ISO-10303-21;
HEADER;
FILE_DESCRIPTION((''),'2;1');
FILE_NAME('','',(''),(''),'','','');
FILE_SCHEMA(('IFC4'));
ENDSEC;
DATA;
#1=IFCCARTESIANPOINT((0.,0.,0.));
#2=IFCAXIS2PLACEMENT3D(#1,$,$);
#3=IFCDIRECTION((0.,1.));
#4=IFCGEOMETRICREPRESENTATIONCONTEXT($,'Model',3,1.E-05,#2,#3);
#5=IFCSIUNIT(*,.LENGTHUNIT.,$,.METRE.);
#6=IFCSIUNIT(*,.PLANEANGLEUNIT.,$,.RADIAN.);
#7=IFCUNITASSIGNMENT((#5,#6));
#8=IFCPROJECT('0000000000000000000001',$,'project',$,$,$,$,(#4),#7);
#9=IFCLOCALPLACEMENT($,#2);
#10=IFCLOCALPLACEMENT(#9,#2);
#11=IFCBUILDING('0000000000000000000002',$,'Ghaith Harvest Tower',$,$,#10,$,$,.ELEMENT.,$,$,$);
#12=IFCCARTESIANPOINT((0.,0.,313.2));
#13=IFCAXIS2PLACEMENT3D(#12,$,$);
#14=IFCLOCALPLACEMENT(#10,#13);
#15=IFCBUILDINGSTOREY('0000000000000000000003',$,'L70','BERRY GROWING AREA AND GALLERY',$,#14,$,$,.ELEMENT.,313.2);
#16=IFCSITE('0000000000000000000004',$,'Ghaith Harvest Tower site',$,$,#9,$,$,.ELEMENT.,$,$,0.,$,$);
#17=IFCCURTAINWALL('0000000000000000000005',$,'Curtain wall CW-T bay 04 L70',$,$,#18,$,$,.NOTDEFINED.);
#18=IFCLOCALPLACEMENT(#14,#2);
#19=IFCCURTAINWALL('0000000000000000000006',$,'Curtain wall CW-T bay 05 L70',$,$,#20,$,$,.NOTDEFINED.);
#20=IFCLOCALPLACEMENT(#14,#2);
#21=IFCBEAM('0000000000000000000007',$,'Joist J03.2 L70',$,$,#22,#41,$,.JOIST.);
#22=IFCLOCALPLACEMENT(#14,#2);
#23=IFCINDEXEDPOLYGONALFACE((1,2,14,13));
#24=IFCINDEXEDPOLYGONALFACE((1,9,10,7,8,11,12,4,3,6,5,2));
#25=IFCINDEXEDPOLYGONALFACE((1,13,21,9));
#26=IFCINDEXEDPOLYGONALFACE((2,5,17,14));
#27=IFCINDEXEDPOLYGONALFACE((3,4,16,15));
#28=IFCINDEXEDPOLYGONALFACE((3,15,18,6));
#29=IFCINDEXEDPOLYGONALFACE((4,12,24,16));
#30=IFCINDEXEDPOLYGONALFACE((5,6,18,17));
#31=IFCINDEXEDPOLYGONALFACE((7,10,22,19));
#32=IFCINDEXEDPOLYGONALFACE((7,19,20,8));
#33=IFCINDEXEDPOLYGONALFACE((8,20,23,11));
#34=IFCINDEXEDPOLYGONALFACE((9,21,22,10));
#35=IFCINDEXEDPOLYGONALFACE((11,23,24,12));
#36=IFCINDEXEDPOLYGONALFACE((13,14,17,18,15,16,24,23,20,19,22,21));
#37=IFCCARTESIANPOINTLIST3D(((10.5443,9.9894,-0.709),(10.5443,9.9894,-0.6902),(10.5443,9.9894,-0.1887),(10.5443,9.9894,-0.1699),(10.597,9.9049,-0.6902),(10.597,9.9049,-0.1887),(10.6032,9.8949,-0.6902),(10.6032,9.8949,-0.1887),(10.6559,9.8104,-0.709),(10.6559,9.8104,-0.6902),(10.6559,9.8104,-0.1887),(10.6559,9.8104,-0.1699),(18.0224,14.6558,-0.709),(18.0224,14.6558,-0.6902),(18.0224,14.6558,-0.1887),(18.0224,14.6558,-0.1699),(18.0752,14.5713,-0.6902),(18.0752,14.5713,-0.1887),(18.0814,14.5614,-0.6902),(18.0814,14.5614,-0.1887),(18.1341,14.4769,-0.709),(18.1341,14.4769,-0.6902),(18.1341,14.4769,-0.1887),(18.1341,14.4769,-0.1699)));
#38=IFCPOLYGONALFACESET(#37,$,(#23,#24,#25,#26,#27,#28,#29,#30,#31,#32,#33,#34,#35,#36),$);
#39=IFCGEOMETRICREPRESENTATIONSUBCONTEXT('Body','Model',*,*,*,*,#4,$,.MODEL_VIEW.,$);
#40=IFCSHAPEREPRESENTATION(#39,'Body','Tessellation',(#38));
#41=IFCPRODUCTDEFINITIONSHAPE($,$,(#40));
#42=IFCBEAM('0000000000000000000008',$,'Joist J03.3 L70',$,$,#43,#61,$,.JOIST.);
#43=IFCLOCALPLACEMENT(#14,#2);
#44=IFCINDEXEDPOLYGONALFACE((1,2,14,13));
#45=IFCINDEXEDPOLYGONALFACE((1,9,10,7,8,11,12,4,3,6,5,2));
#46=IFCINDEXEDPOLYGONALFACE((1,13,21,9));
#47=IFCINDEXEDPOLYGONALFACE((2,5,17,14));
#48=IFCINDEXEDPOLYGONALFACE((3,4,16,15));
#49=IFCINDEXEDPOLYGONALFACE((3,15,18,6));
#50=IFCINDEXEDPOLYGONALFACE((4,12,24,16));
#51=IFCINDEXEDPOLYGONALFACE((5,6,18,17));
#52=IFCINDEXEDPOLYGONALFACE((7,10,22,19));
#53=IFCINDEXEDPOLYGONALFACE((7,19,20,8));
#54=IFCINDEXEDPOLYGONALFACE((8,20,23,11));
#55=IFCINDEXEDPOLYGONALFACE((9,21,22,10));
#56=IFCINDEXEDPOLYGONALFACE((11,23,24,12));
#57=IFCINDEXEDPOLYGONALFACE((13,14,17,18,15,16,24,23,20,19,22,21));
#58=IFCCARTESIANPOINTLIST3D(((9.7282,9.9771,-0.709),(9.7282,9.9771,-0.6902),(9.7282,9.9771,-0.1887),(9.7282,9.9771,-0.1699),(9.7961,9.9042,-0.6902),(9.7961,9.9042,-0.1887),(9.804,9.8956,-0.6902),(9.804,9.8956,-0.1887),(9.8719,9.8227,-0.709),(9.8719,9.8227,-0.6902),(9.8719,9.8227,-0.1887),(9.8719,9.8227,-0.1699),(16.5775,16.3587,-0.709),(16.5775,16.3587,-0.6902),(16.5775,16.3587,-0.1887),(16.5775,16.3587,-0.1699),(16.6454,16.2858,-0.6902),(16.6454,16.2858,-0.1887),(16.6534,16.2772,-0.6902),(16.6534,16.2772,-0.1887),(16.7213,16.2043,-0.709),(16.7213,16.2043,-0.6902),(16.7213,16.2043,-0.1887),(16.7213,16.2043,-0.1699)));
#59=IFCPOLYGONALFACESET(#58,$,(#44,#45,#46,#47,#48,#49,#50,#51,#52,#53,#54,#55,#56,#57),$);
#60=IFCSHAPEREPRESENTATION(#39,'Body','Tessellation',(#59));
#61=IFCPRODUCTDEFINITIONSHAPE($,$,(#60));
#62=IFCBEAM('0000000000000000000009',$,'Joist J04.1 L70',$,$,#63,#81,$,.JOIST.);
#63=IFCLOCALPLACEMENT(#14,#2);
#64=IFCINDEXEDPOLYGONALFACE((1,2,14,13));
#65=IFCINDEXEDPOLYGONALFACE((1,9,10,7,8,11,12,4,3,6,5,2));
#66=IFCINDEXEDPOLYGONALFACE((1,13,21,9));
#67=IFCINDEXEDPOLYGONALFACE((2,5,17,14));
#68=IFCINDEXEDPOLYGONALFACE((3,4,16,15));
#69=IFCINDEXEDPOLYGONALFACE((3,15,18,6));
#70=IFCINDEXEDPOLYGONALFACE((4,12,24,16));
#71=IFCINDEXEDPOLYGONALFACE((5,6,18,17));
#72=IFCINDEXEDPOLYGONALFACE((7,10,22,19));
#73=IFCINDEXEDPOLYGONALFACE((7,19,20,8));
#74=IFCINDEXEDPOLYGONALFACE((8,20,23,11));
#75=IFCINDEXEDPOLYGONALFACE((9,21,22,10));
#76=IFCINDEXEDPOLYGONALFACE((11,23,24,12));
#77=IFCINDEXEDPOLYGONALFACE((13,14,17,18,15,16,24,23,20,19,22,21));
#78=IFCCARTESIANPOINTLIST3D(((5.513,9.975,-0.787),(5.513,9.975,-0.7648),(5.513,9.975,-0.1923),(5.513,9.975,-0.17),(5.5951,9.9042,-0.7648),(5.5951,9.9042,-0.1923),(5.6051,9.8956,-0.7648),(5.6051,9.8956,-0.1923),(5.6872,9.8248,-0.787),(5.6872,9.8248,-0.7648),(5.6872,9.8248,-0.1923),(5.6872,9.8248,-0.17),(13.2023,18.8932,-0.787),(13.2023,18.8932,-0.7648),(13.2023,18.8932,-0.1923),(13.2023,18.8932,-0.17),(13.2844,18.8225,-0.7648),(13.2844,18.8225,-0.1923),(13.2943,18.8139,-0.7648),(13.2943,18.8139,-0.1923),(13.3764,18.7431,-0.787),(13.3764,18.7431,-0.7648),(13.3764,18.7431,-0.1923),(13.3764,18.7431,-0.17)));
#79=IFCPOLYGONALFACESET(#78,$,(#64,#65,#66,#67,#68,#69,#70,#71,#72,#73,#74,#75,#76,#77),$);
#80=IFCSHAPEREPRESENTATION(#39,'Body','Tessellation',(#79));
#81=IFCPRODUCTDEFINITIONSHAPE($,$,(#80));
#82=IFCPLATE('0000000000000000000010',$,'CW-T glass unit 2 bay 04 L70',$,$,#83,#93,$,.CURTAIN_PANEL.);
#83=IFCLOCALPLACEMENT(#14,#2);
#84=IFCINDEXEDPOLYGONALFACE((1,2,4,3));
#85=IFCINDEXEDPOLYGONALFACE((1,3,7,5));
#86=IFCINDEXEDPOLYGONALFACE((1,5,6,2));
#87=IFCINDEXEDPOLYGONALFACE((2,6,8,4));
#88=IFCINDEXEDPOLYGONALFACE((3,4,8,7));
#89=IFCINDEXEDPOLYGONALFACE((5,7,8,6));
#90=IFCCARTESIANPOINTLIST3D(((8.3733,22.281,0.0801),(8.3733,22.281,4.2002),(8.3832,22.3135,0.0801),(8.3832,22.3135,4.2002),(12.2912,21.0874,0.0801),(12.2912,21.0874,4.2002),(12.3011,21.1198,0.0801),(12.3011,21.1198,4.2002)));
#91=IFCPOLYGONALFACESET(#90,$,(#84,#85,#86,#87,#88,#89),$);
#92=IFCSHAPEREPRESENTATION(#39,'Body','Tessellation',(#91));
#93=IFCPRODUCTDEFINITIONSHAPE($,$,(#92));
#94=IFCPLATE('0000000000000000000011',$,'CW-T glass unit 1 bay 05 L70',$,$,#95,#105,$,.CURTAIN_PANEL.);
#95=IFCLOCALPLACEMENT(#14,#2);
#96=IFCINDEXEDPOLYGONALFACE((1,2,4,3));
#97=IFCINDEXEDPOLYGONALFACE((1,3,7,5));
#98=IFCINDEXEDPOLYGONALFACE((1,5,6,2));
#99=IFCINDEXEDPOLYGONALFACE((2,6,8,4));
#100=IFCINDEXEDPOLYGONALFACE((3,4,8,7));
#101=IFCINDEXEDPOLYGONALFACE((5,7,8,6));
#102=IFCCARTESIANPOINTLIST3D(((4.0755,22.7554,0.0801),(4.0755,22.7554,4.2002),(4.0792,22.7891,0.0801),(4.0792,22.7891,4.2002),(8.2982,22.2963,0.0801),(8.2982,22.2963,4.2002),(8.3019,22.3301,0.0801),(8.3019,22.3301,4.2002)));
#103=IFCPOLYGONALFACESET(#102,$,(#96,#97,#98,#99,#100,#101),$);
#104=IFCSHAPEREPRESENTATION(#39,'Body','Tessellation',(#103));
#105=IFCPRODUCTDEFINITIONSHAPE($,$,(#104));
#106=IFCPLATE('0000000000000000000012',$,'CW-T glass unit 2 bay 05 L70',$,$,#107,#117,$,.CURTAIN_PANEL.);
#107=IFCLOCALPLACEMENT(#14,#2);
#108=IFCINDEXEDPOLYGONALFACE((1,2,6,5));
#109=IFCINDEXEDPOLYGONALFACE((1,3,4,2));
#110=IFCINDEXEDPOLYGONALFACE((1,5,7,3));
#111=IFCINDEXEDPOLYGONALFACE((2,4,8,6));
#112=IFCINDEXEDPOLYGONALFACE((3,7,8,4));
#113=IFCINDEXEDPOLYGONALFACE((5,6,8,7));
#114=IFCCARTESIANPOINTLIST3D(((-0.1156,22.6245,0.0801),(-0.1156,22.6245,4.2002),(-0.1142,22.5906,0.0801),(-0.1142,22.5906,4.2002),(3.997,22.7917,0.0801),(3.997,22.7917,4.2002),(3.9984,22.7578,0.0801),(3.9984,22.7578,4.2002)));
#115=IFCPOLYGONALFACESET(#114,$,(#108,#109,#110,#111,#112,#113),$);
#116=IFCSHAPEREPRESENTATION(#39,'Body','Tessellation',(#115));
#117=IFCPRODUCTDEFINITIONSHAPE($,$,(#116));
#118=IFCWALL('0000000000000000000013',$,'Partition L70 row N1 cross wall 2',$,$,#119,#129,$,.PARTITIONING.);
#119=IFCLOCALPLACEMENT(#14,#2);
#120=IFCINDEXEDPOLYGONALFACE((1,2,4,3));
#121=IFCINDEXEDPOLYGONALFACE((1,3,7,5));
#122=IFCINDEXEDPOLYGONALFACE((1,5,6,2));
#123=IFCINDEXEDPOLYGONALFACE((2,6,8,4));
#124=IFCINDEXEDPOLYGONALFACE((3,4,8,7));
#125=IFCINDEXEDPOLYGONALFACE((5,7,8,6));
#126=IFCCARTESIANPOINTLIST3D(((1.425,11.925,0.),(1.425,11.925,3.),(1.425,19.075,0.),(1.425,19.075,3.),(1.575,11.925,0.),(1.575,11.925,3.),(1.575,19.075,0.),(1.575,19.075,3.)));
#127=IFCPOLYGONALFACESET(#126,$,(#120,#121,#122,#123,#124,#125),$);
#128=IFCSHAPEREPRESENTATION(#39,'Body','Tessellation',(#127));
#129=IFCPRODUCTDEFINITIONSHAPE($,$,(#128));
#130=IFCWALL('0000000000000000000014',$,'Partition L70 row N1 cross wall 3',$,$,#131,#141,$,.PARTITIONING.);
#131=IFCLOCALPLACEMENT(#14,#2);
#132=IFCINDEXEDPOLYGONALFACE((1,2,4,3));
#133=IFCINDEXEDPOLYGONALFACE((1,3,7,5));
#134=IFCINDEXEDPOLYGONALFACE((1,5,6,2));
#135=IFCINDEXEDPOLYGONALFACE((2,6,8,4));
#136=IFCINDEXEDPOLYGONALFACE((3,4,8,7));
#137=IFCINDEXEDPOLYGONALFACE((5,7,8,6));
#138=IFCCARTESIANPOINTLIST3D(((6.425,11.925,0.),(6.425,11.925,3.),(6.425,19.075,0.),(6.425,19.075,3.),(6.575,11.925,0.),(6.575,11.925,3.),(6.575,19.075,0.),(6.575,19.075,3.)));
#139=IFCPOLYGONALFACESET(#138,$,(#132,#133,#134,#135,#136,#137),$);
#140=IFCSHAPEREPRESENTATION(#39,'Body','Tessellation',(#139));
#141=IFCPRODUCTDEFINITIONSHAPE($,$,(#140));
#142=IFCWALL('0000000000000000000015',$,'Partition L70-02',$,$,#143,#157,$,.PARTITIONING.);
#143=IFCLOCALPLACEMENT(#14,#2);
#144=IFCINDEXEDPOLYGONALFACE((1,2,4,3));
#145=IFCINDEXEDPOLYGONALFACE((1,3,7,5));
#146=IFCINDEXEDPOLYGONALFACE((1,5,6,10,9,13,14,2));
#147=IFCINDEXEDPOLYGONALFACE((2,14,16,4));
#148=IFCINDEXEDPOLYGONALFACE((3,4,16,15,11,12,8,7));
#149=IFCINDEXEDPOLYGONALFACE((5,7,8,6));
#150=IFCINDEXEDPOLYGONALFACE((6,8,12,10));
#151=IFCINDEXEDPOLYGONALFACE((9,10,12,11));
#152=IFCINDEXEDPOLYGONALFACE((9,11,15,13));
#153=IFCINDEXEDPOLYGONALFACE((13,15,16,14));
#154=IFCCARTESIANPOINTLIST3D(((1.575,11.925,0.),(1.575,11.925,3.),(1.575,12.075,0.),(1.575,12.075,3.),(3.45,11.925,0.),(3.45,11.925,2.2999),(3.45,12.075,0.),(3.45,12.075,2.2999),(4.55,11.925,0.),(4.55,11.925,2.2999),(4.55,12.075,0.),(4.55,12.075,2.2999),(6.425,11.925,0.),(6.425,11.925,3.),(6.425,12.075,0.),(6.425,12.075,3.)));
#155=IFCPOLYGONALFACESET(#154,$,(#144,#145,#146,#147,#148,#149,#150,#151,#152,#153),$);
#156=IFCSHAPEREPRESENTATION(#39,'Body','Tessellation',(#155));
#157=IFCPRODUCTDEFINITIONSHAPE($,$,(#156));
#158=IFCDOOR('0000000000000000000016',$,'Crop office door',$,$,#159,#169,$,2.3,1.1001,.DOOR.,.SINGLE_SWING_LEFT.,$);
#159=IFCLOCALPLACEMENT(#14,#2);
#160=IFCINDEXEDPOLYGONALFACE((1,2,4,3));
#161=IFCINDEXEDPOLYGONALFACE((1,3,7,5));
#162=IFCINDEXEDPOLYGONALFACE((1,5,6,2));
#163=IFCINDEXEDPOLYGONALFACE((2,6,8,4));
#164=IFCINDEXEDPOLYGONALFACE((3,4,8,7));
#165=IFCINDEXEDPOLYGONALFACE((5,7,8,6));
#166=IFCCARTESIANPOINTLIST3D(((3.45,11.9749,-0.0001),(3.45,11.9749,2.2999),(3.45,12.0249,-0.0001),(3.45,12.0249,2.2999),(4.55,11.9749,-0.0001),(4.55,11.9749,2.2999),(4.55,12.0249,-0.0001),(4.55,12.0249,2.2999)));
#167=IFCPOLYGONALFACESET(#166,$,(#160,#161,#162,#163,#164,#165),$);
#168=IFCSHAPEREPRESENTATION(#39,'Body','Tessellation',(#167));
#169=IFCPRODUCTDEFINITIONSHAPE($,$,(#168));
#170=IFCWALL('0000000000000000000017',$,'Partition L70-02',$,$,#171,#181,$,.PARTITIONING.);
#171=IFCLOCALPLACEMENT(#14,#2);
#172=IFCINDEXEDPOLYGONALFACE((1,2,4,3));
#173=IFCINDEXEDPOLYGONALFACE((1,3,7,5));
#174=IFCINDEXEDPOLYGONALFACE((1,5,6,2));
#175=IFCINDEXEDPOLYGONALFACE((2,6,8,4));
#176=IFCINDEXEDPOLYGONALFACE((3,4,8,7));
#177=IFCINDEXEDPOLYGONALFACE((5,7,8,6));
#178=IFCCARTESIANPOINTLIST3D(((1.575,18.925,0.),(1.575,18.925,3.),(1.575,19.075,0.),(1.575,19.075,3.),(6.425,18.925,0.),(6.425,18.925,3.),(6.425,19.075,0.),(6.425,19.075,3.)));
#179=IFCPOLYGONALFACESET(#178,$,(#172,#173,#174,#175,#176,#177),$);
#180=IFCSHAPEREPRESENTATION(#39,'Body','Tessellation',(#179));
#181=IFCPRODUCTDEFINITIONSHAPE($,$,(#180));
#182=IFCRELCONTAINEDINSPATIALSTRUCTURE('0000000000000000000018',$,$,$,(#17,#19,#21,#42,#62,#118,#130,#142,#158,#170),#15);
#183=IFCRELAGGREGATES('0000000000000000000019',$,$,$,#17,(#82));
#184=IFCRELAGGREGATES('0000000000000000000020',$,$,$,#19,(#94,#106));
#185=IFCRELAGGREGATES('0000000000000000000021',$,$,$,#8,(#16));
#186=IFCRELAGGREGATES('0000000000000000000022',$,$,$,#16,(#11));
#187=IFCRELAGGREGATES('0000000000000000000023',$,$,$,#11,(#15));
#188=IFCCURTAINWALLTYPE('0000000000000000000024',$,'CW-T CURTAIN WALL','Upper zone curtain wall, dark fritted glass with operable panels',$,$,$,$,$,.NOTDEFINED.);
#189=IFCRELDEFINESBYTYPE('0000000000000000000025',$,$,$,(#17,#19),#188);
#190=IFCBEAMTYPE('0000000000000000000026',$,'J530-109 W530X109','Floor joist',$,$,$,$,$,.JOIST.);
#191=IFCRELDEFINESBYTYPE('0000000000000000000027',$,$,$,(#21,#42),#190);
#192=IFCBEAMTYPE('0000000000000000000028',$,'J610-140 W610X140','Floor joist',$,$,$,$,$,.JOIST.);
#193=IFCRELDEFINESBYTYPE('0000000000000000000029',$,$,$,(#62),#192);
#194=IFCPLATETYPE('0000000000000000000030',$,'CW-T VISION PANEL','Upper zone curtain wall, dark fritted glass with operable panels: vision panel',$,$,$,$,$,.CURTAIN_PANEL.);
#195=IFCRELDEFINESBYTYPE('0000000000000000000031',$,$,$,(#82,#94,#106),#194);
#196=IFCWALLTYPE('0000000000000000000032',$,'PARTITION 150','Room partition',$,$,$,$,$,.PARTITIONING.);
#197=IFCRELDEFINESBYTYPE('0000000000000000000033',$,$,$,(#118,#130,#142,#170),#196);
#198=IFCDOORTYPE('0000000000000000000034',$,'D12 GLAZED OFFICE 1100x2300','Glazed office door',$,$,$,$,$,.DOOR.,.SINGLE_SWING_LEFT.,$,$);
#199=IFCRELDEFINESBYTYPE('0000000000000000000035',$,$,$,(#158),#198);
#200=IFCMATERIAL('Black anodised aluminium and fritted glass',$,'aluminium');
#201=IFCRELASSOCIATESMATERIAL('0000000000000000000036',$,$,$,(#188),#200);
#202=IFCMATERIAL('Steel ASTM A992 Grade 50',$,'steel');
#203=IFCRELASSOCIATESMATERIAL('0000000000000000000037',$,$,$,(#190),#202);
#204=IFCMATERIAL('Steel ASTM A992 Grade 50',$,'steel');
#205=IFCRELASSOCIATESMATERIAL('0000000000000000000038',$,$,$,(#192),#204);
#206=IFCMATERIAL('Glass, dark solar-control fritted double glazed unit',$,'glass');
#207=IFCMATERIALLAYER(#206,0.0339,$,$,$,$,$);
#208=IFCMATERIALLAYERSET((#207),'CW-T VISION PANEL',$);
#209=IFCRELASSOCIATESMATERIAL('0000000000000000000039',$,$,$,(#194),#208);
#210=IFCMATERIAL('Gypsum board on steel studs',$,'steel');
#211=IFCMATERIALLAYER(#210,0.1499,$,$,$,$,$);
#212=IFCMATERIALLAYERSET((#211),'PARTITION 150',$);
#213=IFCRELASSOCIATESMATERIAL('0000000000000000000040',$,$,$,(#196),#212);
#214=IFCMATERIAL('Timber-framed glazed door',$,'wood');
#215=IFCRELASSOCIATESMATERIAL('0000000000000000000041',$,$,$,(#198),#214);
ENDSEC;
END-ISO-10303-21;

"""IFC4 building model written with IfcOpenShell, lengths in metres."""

from ifc_helpers import new_model, si_unit, direction, frame, frame_2d, origin, origin_2d, place, context, subcontext, project, spatial, rectangle, i_section, extrude, material, layer, layer_set, material_profile, profile_set, type_object, element, fill, aggregate, save


model = new_model("IFC4")

# Units and contexts
model_context = context("Model", 3, precision=1e-05, world=origin(), true_north=direction((0.0, 1.0)))
body_context = subcontext(model_context, "Body", "Model", "MODEL_VIEW")
ifc_project = project(units=[si_unit("LENGTHUNIT", "METRE"), si_unit("PLANEANGLEUNIT", "RADIAN")], contexts=[model_context])

# Site, building, storey
site_placement = place(None, origin())
site = spatial("IfcSite", under=ifc_project, at=site_placement, Name="Ghaith Harvest Tower site", CompositionType="ELEMENT", RefElevation=0.0)
building_placement = place(site_placement, origin())
building = spatial("IfcBuilding", under=site, at=building_placement, Name="Ghaith Harvest Tower", CompositionType="ELEMENT")
storey_placement = place(building_placement, frame((0.0, 0.0, 313.2)))
storey = spatial("IfcBuildingStorey", under=building, at=storey_placement, Name="L70", Description="BERRY GROWING AREA AND GALLERY", CompositionType="ELEMENT", Elevation=313.2)

# Curtain wall
ifc_material_1 = material(Name="Black anodised aluminium and fritted glass", Category="aluminium")
curtain_wall_type = type_object("IfcCurtainWallType", Name="CW-T CURTAIN WALL", Description="Upper zone curtain wall, dark fritted glass with operable panels", PredefinedType="NOTDEFINED", material=ifc_material_1)
curtain_wall_1_placement = place(storey_placement, origin())
curtain_wall_1 = element("IfcCurtainWall", 1, at=curtain_wall_1_placement, inside=storey, type_object=curtain_wall_type, Name="Curtain wall CW-T bay 04 L70", PredefinedType="NOTDEFINED")

# Curtain wall
curtain_wall_2_placement = place(storey_placement, origin())
curtain_wall_2 = element("IfcCurtainWall", 2, at=curtain_wall_2_placement, inside=storey, type_object=curtain_wall_type, Name="Curtain wall CW-T bay 05 L70", PredefinedType="NOTDEFINED")

# Beams
ifc_material_2 = material(Name="Steel ASTM A992 Grade 50", Category="steel")
ifc_material_profile_1 = material_profile(ifc_material_2, i_section(OverallWidth=0.2109, OverallDepth=0.5391, WebThickness=0.0117, FlangeThickness=0.0188, at=origin_2d()), Name="W530X109")
ifc_profile_set_1 = profile_set([ifc_material_profile_1], Name="Steel ASTM A992 Grade 50")
beam_type_1 = type_object("IfcBeamType", Name="J530-109 W530X109", Description="Floor joist", PredefinedType="JOIST", material=ifc_profile_set_1)
beam_1_placement = place(storey_placement, frame((10.6001, 9.8999, -0.4395), z_axis=(0.848376, 0.529394, 0.0), x_axis=(-0.529394, 0.848376, 0.0)))
element("IfcBeam", 3, at=beam_1_placement, inside=storey, type_object=beam_type_1, Name="Joist J03.2 L70", PredefinedType="JOIST", context=body_context, shape_type="SweptSolid", body=[
    extrude(i_section(OverallWidth=0.2109, OverallDepth=0.5391, WebThickness=0.0117, FlangeThickness=0.0188, at=origin_2d()), origin(), (0.0, 0.0, 1.0), 8.8147),
])
beam_2_placement = place(storey_placement, frame((9.8, 9.8999, -0.4395), z_axis=(0.731649, 0.681682, 0.0), x_axis=(-0.681682, 0.731649, 0.0)))
element("IfcBeam", 4, at=beam_2_placement, inside=storey, type_object=beam_type_1, Name="Joist J03.3 L70", PredefinedType="JOIST", context=body_context, shape_type="SweptSolid", body=[
    extrude(i_section(OverallWidth=0.2109, OverallDepth=0.5391, WebThickness=0.0117, FlangeThickness=0.0188, at=origin_2d()), origin(), (0.0, 0.0, 1.0), 9.3616),
])
ifc_material_3 = material(Name="Steel ASTM A992 Grade 50", Category="steel")
ifc_material_profile_2 = material_profile(ifc_material_3, i_section(OverallWidth=0.23, OverallDepth=0.6169, WebThickness=0.0132, FlangeThickness=0.0222, at=origin_2d()), Name="W610X140")
ifc_profile_set_2 = profile_set([ifc_material_profile_2], Name="Steel ASTM A992 Grade 50")
beam_type_2 = type_object("IfcBeamType", Name="J610-140 W610X140", Description="Floor joist", PredefinedType="JOIST", material=ifc_profile_set_2)
beam_3_placement = place(storey_placement, frame((5.6001, 9.8999, -0.4785), z_axis=(0.652993, 0.757364, 0.0), x_axis=(-0.757364, 0.652993, 0.0)))
element("IfcBeam", 5, at=beam_3_placement, inside=storey, type_object=beam_type_2, Name="Joist J04.1 L70", PredefinedType="JOIST", context=body_context, shape_type="SweptSolid", body=[
    extrude(i_section(OverallWidth=0.23, OverallDepth=0.6169, WebThickness=0.0132, FlangeThickness=0.0222, at=origin_2d()), origin(), (0.0, 0.0, 1.0), 11.7754),
])

# Plates
ifc_material_4 = material(Name="Glass, dark solar-control fritted double glazed unit", Category="glass")
ifc_layer_1 = layer(ifc_material_4, 0.0339)
ifc_layer_set_1 = layer_set([ifc_layer_1], Name="CW-T VISION PANEL")
plate_type = type_object("IfcPlateType", Name="CW-T VISION PANEL", Description="Upper zone curtain wall, dark fritted glass with operable panels: vision panel", PredefinedType="CURTAIN_PANEL", material=ifc_layer_set_1)
plate_1_placement = place(storey_placement, frame((10.3372, 21.7004, 0.0801), z_axis=(0.0, 0.0, 1.0), x_axis=(-0.956588, 0.291445, 0.0)))
plate_1 = element("IfcPlate", 6, at=plate_1_placement, type_object=plate_type, Name="CW-T glass unit 2 bay 04 L70", PredefinedType="CURTAIN_PANEL", context=body_context, shape_type="SweptSolid", body=[
    extrude(rectangle(XDim=4.0957, YDim=0.0339, at=origin_2d()), origin(), (0.0, 0.0, 1.0), 4.1201),
])
aggregate(curtain_wall_1, [plate_1])
plate_2_placement = place(storey_placement, frame((6.1887, 22.5427, 0.0801), z_axis=(0.0, 0.0, 1.0), x_axis=(-0.994143, 0.108074, 0.0)))
plate_2 = element("IfcPlate", 7, at=plate_2_placement, type_object=plate_type, Name="CW-T glass unit 1 bay 05 L70", PredefinedType="CURTAIN_PANEL", context=body_context, shape_type="SweptSolid", body=[
    extrude(rectangle(XDim=4.2476, YDim=0.0339, at=origin_2d()), origin(), (0.0, 0.0, 1.0), 4.1201),
])
plate_3_placement = place(storey_placement, frame((1.9414, 22.6912, 0.0801), z_axis=(0.0, 0.0, 1.0), x_axis=(-0.999174, -0.040638, 0.0)))
plate_3 = element("IfcPlate", 8, at=plate_3_placement, type_object=plate_type, Name="CW-T glass unit 2 bay 05 L70", PredefinedType="CURTAIN_PANEL", context=body_context, shape_type="SweptSolid", body=[
    extrude(rectangle(XDim=4.116, YDim=0.0339, at=origin_2d()), origin(), (0.0, 0.0, 1.0), 4.1201),
])
aggregate(curtain_wall_2, [plate_2, plate_3])

# Walls
ifc_material_5 = material(Name="Gypsum board on steel studs", Category="steel")
ifc_layer_2 = layer(ifc_material_5, 0.1499)
ifc_layer_set_2 = layer_set([ifc_layer_2], Name="PARTITION 150")
wall_type = type_object("IfcWallType", Name="PARTITION 150", Description="Room partition", PredefinedType="PARTITIONING", material=ifc_layer_set_2)
for number, where, z_axis, x_axis, name in (
    (9, (1.5, 11.925, 0.0), (0.0, 0.0, 1.0), (0.0, 1.0, 0.0), "Partition L70 row N1 cross wall 2"),
    (10, (6.5, 11.925, 0.0), (0.0, 0.0, 1.0), (0.0, 1.0, 0.0), "Partition L70 row N1 cross wall 3"),
):
    element("IfcWall", number, at=place(storey_placement, frame(where, z_axis=z_axis, x_axis=x_axis)), inside=storey, type_object=wall_type, Name=name, PredefinedType="PARTITIONING", context=body_context, shape_type="SweptSolid", body=[
        extrude(rectangle(XDim=7.1499, YDim=0.1499, at=frame_2d((3.575, 0.0))), origin(), (0.0, 0.0, 1.0), 3.0),
    ])

# Wall, opening, door
wall_1_placement = place(storey_placement, frame((1.575, 12.0, 0.0), z_axis=(0.0, 0.0, 1.0), x_axis=(1.0, 0.0, 0.0)))
wall_1 = element("IfcWall", 11, at=wall_1_placement, inside=storey, type_object=wall_type, Name="Partition L70-02", PredefinedType="PARTITIONING", context=body_context, shape_type="SweptSolid", body=[
    extrude(rectangle(XDim=4.8501, YDim=0.1499, at=frame_2d((2.425, 0.0))), origin(), (0.0, 0.0, 1.0), 3.0),
])
opening_1_placement = place(wall_1_placement, frame((1.875, 0.0, 0.0)))
opening_1 = element("IfcOpeningElement", 12, at=opening_1_placement, cuts=wall_1, PredefinedType="OPENING", context=body_context, shape_type="SweptSolid", body=[
    extrude(rectangle(XDim=1.1001, YDim=2.3, at=frame_2d((0.55, 1.1499))), frame((0.0, 0.085, 0.0), z_axis=(0.0, -1.0, 0.0), x_axis=(1.0, 0.0, 0.0)), (0.0, 0.0, 1.0), 0.1699),
])
ifc_material_6 = material(Name="Timber-framed glazed door", Category="wood")
door_type_1 = type_object("IfcDoorType", Name="D12 GLAZED OFFICE 1100x2300", Description="Glazed office door", OperationType="SINGLE_SWING_LEFT", PredefinedType="DOOR", material=ifc_material_6)
door_1_placement = place(opening_1_placement, origin())
door_1 = element("IfcDoor", 13, at=door_1_placement, inside=storey, type_object=door_type_1, Name="Crop office door", OperationType="SINGLE_SWING_LEFT", OverallHeight=2.3, OverallWidth=1.1001, PredefinedType="DOOR", context=body_context, shape_type="SweptSolid", body=[
    extrude(rectangle(XDim=1.1001, YDim=2.3, at=frame_2d((0.55, 1.1499))), frame((0.0, 0.0249, 0.0), z_axis=(0.0, -1.0, 0.0), x_axis=(1.0, 0.0, 0.0)), (0.0, 0.0, 1.0), 0.05),
])
fill(opening_1, door_1)

# Wall
wall_2_placement = place(storey_placement, frame((1.575, 19.0, 0.0), z_axis=(0.0, 0.0, 1.0), x_axis=(1.0, 0.0, 0.0)))
element("IfcWall", 14, at=wall_2_placement, inside=storey, type_object=wall_type, Name="Partition L70-02", PredefinedType="PARTITIONING", context=body_context, shape_type="SweptSolid", body=[
    extrude(rectangle(XDim=4.8501, YDim=0.1499, at=frame_2d((2.425, 0.0))), origin(), (0.0, 0.0, 1.0), 3.0),
])

save(model, "model.ifc")
